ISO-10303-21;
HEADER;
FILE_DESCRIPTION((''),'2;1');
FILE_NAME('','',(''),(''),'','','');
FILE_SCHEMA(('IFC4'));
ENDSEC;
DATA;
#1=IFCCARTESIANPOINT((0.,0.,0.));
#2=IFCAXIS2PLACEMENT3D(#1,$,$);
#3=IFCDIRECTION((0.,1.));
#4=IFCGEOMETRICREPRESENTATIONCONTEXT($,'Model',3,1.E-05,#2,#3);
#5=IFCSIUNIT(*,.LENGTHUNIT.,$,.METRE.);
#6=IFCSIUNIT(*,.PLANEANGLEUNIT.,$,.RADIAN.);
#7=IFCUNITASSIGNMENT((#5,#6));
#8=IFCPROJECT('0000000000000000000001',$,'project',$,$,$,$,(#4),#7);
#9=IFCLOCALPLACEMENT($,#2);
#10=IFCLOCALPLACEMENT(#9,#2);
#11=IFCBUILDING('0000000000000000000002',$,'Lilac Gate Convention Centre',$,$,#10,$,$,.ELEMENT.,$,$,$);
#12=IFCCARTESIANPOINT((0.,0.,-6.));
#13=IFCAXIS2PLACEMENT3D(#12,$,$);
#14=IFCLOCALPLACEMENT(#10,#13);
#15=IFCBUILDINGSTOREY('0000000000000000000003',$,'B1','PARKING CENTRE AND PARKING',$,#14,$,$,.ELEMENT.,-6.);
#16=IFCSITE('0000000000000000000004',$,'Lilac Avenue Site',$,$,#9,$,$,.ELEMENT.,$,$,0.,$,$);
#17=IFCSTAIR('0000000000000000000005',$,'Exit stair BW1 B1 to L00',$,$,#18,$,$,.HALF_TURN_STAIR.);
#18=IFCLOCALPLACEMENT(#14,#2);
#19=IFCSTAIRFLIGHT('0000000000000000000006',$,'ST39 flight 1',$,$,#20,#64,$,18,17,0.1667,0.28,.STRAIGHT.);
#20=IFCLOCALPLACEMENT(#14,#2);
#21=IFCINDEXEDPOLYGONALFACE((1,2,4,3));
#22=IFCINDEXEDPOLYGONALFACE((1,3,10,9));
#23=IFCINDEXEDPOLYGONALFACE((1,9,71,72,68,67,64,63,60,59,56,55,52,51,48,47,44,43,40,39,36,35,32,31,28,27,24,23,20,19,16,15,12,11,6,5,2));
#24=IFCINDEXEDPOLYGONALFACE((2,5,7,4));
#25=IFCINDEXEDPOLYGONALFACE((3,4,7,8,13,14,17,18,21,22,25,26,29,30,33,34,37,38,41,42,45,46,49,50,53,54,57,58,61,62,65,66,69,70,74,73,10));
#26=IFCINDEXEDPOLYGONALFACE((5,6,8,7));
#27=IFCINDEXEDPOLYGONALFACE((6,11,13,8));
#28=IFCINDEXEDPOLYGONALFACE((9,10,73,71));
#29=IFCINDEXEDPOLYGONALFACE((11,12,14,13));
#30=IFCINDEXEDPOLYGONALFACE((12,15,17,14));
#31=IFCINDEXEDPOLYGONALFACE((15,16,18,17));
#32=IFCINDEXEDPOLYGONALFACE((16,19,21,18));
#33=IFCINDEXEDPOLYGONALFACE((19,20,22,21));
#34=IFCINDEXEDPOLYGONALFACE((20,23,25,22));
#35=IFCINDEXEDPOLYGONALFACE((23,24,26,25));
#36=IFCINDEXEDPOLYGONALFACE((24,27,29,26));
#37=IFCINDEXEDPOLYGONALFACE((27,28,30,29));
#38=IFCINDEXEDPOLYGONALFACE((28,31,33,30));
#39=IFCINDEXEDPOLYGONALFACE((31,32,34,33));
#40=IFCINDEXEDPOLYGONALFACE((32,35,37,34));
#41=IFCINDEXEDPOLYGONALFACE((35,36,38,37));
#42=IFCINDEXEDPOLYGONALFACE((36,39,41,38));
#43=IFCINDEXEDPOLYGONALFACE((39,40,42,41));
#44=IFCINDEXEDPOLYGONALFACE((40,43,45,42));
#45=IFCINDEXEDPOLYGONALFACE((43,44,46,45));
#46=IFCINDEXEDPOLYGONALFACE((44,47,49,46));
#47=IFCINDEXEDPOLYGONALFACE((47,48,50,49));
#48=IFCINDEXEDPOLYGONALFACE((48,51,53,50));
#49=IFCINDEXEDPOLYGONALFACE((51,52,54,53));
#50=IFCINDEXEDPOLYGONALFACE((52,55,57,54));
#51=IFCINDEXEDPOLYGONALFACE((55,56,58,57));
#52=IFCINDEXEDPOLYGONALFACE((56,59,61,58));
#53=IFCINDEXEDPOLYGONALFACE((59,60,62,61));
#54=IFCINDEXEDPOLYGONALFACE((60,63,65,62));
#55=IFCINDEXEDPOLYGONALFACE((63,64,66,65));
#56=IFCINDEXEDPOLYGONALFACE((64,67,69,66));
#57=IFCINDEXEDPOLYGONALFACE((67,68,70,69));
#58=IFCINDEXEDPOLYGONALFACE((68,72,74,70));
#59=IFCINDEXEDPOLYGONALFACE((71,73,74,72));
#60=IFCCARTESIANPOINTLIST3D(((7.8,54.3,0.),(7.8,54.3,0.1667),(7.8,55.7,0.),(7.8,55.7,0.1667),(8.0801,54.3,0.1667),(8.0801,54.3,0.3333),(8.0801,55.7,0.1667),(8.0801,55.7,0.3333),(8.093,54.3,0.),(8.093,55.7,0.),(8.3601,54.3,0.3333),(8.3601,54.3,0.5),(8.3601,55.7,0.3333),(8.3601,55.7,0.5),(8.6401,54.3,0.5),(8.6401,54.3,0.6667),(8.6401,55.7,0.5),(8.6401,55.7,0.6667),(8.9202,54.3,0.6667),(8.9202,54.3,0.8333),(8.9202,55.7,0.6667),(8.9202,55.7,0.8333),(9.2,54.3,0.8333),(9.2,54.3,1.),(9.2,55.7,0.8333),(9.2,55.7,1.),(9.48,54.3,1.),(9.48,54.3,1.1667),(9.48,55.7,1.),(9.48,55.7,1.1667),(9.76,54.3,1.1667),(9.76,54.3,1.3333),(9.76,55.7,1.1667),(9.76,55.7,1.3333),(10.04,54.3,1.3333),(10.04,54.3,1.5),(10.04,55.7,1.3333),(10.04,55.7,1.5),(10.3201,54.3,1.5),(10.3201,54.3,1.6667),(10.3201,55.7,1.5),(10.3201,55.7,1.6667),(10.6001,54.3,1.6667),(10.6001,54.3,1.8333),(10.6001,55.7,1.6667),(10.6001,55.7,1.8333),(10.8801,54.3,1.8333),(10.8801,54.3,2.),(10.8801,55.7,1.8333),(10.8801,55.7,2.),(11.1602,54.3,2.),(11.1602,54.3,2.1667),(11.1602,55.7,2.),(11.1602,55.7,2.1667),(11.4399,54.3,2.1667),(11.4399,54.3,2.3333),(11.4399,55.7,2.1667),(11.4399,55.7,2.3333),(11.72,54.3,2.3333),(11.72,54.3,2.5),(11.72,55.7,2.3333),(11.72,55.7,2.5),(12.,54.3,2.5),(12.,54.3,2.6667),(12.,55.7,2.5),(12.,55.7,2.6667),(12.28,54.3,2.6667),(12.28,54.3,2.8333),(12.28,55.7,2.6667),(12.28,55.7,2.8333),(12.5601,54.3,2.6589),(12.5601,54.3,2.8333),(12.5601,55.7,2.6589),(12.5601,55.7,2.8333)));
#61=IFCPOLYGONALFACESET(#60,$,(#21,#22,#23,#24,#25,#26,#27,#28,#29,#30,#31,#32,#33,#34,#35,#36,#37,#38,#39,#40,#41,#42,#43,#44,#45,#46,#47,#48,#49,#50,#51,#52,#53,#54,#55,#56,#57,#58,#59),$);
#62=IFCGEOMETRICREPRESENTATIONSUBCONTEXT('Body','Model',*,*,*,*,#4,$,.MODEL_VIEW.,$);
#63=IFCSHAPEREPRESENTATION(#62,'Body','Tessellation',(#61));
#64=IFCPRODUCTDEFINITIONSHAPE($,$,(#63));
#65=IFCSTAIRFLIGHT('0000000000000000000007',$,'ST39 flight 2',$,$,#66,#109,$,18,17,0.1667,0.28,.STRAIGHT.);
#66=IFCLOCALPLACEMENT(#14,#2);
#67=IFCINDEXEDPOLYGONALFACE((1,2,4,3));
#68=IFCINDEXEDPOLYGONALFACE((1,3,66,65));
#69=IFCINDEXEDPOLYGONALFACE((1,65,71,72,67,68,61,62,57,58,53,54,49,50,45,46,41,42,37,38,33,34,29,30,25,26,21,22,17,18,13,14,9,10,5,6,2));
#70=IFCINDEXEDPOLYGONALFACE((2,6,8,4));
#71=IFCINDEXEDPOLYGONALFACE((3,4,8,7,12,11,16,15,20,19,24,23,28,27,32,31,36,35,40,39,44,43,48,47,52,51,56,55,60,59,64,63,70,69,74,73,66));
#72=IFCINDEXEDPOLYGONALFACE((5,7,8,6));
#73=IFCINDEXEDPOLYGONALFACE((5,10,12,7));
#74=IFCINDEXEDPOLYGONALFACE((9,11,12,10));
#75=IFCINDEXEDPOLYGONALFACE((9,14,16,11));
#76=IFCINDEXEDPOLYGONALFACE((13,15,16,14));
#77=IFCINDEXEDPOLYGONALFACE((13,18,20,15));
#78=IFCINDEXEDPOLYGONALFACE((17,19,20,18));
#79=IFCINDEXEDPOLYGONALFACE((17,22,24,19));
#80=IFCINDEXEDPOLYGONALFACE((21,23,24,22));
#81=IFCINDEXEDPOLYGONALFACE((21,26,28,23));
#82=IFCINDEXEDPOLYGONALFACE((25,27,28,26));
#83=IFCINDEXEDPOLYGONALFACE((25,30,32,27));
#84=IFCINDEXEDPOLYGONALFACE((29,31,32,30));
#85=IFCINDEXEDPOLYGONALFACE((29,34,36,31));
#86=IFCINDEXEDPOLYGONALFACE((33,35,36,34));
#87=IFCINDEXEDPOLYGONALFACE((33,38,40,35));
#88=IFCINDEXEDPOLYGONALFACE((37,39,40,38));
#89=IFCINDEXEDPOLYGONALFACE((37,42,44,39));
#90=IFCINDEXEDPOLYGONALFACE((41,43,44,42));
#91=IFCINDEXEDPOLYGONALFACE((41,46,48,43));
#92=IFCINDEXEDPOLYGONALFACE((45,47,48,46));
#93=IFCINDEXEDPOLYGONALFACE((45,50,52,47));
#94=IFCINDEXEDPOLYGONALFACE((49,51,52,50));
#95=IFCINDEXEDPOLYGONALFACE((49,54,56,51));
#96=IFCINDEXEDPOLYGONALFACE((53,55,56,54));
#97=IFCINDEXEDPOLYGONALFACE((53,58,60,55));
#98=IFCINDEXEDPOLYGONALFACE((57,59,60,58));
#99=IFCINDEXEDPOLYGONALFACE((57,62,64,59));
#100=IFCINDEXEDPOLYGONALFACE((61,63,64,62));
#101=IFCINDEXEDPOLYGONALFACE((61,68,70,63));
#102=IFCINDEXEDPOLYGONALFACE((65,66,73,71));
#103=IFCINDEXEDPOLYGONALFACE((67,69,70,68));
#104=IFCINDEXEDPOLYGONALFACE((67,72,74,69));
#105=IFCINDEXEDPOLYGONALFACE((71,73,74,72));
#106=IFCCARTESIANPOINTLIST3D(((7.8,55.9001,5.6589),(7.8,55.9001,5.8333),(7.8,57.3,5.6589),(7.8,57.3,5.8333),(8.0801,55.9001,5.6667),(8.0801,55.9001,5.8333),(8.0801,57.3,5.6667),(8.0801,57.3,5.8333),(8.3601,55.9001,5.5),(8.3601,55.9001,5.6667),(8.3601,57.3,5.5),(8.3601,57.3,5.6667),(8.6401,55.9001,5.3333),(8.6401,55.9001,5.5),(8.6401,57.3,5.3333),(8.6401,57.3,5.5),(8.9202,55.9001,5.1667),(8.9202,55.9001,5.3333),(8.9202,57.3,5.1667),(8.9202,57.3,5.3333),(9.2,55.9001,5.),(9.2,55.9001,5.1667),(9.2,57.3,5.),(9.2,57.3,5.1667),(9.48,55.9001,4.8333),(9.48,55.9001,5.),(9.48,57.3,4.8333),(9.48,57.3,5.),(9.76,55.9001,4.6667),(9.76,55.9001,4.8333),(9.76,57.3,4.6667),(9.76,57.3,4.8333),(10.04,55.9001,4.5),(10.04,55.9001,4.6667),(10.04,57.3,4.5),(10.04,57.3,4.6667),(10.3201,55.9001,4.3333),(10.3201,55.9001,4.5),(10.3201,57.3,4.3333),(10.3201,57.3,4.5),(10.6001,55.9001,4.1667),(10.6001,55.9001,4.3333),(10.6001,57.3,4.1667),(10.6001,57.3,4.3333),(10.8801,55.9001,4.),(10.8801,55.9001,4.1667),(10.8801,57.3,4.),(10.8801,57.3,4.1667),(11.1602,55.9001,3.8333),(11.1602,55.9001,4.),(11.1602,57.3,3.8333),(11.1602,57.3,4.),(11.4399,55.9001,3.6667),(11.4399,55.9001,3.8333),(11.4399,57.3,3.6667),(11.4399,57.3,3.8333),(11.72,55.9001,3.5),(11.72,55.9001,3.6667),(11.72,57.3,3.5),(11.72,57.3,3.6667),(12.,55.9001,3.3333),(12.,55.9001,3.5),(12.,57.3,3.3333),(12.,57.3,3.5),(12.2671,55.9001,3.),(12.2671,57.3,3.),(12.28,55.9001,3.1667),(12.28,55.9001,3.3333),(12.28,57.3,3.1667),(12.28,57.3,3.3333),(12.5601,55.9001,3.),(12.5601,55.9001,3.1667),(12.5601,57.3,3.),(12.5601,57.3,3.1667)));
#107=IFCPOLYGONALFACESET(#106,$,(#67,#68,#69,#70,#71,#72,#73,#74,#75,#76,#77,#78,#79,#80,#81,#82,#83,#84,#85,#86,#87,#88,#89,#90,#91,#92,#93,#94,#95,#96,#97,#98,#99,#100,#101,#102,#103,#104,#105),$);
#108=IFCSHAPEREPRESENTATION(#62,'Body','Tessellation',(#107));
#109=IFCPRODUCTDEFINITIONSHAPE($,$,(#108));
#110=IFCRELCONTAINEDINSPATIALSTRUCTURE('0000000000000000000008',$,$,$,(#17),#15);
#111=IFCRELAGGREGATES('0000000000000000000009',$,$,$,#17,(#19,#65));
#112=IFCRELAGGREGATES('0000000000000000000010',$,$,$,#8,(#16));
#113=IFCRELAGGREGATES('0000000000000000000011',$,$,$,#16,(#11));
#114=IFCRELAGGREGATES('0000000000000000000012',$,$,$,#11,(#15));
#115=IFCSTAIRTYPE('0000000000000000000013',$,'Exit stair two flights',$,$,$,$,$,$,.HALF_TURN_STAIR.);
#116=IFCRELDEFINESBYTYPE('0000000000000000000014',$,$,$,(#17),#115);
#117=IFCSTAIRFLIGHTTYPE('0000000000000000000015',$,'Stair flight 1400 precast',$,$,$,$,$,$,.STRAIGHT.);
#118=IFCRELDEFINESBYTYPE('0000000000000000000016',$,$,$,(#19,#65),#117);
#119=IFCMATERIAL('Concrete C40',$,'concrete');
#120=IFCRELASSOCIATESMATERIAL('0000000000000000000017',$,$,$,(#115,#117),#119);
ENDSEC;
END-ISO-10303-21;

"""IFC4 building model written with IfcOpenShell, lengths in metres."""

from ifc_helpers import new_model, si_unit, direction, frame, origin, place, context, subcontext, project, spatial, polyline, outline, extrude, material, type_object, element, aggregate, save


model = new_model("IFC4")

# Units and contexts
model_context = context("Model", 3, precision=1e-05, world=origin(), true_north=direction((0.0, 1.0)))
body_context = subcontext(model_context, "Body", "Model", "MODEL_VIEW")
ifc_project = project(units=[si_unit("LENGTHUNIT", "METRE"), si_unit("PLANEANGLEUNIT", "RADIAN")], contexts=[model_context])

# Site, building, storey
site_placement = place(None, origin())
site = spatial("IfcSite", under=ifc_project, at=site_placement, Name="Lilac Avenue Site", CompositionType="ELEMENT", RefElevation=0.0)
building_placement = place(site_placement, origin())
building = spatial("IfcBuilding", under=site, at=building_placement, Name="Lilac Gate Convention Centre", CompositionType="ELEMENT")
storey_placement = place(building_placement, frame((0.0, 0.0, -6.0)))
storey = spatial("IfcBuildingStorey", under=building, at=storey_placement, Name="B1", Description="PARKING CENTRE AND PARKING", CompositionType="ELEMENT", Elevation=-6.0)

# Shared definitions
ifc_material_1 = material(Name="Concrete C40", Category="concrete")

# Stair, stair flights
stair_type = type_object("IfcStairType", Name="Exit stair two flights", PredefinedType="HALF_TURN_STAIR", material=ifc_material_1)
stair_placement = place(storey_placement, origin())
stair = element("IfcStair", 1, at=stair_placement, inside=storey, type_object=stair_type, Name="Exit stair BW1 B1 to L00", PredefinedType="HALF_TURN_STAIR")
stair_flight_type = type_object("IfcStairFlightType", Name="Stair flight 1400 precast", PredefinedType="STRAIGHT", material=ifc_material_1)
stair_flight_1_placement = place(storey_placement, frame((7.8, 55.0, 0.0), z_axis=(0.0, 0.0, 1.0), x_axis=(1.0, 0.0, 0.0)))
stair_flight_1 = element("IfcStairFlight", 2, at=stair_flight_1_placement, type_object=stair_flight_type, Name="ST39 flight 1", NumberOfRisers=18, NumberOfTreads=17, PredefinedType="STRAIGHT", RiserHeight=0.1667, TreadLength=0.28, context=body_context, shape_type="SweptSolid", body=[
    extrude(outline(polyline([(0.0, 0.0), (0.0, 0.1667), (0.28, 0.1667), (0.28, 0.3333), (0.5601, 0.3333), (0.5601, 0.5), (0.8401, 0.5), (0.8401, 0.6667), (1.1201, 0.6667), (1.1201, 0.8333), (1.3999, 0.8333), (1.3999, 1.0), (1.6799, 1.0), (1.6799, 1.1667), (1.96, 1.1667), (1.96, 1.3333), (2.24, 1.3333), (2.24, 1.5), (2.52, 1.5), (2.52, 1.6667), (2.8, 1.6667), (2.8, 1.8333), (3.0801, 1.8333), (3.0801, 2.0), (3.3601, 2.0), (3.3601, 2.1667), (3.6399, 2.1667), (3.6399, 2.3333), (3.9199, 2.3333), (3.9199, 2.5), (4.2, 2.5), (4.2, 2.6667), (4.48, 2.6667), (4.48, 2.8333), (4.76, 2.8333), (4.76, 3.0), (4.76, 2.6589), (0.293, 0.0), (0.0, 0.0)])), frame((0.0, 0.7, 0.0), z_axis=(0.0, -1.0, 0.0), x_axis=(1.0, 0.0, 0.0)), (0.0, 0.0, 1.0), 1.3999),
])
stair_flight_2_placement = place(storey_placement, frame((12.5601, 56.6001, 3.0), z_axis=(0.0, 0.0, 1.0), x_axis=(-1.0, 0.0, 0.0)))
stair_flight_2 = element("IfcStairFlight", 3, at=stair_flight_2_placement, type_object=stair_flight_type, Name="ST39 flight 2", NumberOfRisers=18, NumberOfTreads=17, PredefinedType="STRAIGHT", RiserHeight=0.1667, TreadLength=0.28, context=body_context, shape_type="SweptSolid", body=[
    extrude(outline(polyline([(0.0, 0.0), (0.0, 0.1667), (0.28, 0.1667), (0.28, 0.3333), (0.5601, 0.3333), (0.5601, 0.5), (0.8401, 0.5), (0.8401, 0.6667), (1.1201, 0.6667), (1.1201, 0.8333), (1.3999, 0.8333), (1.3999, 1.0), (1.6799, 1.0), (1.6799, 1.1667), (1.96, 1.1667), (1.96, 1.3333), (2.24, 1.3333), (2.24, 1.5), (2.52, 1.5), (2.52, 1.6667), (2.8, 1.6667), (2.8, 1.8333), (3.0801, 1.8333), (3.0801, 2.0), (3.3601, 2.0), (3.3601, 2.1667), (3.6399, 2.1667), (3.6399, 2.3333), (3.9199, 2.3333), (3.9199, 2.5), (4.2, 2.5), (4.2, 2.6667), (4.48, 2.6667), (4.48, 2.8333), (4.76, 2.8333), (4.76, 3.0), (4.76, 2.6589), (0.293, 0.0), (0.0, 0.0)])), frame((0.0, 0.7, 0.0), z_axis=(0.0, -1.0, 0.0), x_axis=(1.0, 0.0, 0.0)), (0.0, 0.0, 1.0), 1.3999),
])
aggregate(stair, [stair_flight_1, stair_flight_2])

save(model, "model.ifc")
